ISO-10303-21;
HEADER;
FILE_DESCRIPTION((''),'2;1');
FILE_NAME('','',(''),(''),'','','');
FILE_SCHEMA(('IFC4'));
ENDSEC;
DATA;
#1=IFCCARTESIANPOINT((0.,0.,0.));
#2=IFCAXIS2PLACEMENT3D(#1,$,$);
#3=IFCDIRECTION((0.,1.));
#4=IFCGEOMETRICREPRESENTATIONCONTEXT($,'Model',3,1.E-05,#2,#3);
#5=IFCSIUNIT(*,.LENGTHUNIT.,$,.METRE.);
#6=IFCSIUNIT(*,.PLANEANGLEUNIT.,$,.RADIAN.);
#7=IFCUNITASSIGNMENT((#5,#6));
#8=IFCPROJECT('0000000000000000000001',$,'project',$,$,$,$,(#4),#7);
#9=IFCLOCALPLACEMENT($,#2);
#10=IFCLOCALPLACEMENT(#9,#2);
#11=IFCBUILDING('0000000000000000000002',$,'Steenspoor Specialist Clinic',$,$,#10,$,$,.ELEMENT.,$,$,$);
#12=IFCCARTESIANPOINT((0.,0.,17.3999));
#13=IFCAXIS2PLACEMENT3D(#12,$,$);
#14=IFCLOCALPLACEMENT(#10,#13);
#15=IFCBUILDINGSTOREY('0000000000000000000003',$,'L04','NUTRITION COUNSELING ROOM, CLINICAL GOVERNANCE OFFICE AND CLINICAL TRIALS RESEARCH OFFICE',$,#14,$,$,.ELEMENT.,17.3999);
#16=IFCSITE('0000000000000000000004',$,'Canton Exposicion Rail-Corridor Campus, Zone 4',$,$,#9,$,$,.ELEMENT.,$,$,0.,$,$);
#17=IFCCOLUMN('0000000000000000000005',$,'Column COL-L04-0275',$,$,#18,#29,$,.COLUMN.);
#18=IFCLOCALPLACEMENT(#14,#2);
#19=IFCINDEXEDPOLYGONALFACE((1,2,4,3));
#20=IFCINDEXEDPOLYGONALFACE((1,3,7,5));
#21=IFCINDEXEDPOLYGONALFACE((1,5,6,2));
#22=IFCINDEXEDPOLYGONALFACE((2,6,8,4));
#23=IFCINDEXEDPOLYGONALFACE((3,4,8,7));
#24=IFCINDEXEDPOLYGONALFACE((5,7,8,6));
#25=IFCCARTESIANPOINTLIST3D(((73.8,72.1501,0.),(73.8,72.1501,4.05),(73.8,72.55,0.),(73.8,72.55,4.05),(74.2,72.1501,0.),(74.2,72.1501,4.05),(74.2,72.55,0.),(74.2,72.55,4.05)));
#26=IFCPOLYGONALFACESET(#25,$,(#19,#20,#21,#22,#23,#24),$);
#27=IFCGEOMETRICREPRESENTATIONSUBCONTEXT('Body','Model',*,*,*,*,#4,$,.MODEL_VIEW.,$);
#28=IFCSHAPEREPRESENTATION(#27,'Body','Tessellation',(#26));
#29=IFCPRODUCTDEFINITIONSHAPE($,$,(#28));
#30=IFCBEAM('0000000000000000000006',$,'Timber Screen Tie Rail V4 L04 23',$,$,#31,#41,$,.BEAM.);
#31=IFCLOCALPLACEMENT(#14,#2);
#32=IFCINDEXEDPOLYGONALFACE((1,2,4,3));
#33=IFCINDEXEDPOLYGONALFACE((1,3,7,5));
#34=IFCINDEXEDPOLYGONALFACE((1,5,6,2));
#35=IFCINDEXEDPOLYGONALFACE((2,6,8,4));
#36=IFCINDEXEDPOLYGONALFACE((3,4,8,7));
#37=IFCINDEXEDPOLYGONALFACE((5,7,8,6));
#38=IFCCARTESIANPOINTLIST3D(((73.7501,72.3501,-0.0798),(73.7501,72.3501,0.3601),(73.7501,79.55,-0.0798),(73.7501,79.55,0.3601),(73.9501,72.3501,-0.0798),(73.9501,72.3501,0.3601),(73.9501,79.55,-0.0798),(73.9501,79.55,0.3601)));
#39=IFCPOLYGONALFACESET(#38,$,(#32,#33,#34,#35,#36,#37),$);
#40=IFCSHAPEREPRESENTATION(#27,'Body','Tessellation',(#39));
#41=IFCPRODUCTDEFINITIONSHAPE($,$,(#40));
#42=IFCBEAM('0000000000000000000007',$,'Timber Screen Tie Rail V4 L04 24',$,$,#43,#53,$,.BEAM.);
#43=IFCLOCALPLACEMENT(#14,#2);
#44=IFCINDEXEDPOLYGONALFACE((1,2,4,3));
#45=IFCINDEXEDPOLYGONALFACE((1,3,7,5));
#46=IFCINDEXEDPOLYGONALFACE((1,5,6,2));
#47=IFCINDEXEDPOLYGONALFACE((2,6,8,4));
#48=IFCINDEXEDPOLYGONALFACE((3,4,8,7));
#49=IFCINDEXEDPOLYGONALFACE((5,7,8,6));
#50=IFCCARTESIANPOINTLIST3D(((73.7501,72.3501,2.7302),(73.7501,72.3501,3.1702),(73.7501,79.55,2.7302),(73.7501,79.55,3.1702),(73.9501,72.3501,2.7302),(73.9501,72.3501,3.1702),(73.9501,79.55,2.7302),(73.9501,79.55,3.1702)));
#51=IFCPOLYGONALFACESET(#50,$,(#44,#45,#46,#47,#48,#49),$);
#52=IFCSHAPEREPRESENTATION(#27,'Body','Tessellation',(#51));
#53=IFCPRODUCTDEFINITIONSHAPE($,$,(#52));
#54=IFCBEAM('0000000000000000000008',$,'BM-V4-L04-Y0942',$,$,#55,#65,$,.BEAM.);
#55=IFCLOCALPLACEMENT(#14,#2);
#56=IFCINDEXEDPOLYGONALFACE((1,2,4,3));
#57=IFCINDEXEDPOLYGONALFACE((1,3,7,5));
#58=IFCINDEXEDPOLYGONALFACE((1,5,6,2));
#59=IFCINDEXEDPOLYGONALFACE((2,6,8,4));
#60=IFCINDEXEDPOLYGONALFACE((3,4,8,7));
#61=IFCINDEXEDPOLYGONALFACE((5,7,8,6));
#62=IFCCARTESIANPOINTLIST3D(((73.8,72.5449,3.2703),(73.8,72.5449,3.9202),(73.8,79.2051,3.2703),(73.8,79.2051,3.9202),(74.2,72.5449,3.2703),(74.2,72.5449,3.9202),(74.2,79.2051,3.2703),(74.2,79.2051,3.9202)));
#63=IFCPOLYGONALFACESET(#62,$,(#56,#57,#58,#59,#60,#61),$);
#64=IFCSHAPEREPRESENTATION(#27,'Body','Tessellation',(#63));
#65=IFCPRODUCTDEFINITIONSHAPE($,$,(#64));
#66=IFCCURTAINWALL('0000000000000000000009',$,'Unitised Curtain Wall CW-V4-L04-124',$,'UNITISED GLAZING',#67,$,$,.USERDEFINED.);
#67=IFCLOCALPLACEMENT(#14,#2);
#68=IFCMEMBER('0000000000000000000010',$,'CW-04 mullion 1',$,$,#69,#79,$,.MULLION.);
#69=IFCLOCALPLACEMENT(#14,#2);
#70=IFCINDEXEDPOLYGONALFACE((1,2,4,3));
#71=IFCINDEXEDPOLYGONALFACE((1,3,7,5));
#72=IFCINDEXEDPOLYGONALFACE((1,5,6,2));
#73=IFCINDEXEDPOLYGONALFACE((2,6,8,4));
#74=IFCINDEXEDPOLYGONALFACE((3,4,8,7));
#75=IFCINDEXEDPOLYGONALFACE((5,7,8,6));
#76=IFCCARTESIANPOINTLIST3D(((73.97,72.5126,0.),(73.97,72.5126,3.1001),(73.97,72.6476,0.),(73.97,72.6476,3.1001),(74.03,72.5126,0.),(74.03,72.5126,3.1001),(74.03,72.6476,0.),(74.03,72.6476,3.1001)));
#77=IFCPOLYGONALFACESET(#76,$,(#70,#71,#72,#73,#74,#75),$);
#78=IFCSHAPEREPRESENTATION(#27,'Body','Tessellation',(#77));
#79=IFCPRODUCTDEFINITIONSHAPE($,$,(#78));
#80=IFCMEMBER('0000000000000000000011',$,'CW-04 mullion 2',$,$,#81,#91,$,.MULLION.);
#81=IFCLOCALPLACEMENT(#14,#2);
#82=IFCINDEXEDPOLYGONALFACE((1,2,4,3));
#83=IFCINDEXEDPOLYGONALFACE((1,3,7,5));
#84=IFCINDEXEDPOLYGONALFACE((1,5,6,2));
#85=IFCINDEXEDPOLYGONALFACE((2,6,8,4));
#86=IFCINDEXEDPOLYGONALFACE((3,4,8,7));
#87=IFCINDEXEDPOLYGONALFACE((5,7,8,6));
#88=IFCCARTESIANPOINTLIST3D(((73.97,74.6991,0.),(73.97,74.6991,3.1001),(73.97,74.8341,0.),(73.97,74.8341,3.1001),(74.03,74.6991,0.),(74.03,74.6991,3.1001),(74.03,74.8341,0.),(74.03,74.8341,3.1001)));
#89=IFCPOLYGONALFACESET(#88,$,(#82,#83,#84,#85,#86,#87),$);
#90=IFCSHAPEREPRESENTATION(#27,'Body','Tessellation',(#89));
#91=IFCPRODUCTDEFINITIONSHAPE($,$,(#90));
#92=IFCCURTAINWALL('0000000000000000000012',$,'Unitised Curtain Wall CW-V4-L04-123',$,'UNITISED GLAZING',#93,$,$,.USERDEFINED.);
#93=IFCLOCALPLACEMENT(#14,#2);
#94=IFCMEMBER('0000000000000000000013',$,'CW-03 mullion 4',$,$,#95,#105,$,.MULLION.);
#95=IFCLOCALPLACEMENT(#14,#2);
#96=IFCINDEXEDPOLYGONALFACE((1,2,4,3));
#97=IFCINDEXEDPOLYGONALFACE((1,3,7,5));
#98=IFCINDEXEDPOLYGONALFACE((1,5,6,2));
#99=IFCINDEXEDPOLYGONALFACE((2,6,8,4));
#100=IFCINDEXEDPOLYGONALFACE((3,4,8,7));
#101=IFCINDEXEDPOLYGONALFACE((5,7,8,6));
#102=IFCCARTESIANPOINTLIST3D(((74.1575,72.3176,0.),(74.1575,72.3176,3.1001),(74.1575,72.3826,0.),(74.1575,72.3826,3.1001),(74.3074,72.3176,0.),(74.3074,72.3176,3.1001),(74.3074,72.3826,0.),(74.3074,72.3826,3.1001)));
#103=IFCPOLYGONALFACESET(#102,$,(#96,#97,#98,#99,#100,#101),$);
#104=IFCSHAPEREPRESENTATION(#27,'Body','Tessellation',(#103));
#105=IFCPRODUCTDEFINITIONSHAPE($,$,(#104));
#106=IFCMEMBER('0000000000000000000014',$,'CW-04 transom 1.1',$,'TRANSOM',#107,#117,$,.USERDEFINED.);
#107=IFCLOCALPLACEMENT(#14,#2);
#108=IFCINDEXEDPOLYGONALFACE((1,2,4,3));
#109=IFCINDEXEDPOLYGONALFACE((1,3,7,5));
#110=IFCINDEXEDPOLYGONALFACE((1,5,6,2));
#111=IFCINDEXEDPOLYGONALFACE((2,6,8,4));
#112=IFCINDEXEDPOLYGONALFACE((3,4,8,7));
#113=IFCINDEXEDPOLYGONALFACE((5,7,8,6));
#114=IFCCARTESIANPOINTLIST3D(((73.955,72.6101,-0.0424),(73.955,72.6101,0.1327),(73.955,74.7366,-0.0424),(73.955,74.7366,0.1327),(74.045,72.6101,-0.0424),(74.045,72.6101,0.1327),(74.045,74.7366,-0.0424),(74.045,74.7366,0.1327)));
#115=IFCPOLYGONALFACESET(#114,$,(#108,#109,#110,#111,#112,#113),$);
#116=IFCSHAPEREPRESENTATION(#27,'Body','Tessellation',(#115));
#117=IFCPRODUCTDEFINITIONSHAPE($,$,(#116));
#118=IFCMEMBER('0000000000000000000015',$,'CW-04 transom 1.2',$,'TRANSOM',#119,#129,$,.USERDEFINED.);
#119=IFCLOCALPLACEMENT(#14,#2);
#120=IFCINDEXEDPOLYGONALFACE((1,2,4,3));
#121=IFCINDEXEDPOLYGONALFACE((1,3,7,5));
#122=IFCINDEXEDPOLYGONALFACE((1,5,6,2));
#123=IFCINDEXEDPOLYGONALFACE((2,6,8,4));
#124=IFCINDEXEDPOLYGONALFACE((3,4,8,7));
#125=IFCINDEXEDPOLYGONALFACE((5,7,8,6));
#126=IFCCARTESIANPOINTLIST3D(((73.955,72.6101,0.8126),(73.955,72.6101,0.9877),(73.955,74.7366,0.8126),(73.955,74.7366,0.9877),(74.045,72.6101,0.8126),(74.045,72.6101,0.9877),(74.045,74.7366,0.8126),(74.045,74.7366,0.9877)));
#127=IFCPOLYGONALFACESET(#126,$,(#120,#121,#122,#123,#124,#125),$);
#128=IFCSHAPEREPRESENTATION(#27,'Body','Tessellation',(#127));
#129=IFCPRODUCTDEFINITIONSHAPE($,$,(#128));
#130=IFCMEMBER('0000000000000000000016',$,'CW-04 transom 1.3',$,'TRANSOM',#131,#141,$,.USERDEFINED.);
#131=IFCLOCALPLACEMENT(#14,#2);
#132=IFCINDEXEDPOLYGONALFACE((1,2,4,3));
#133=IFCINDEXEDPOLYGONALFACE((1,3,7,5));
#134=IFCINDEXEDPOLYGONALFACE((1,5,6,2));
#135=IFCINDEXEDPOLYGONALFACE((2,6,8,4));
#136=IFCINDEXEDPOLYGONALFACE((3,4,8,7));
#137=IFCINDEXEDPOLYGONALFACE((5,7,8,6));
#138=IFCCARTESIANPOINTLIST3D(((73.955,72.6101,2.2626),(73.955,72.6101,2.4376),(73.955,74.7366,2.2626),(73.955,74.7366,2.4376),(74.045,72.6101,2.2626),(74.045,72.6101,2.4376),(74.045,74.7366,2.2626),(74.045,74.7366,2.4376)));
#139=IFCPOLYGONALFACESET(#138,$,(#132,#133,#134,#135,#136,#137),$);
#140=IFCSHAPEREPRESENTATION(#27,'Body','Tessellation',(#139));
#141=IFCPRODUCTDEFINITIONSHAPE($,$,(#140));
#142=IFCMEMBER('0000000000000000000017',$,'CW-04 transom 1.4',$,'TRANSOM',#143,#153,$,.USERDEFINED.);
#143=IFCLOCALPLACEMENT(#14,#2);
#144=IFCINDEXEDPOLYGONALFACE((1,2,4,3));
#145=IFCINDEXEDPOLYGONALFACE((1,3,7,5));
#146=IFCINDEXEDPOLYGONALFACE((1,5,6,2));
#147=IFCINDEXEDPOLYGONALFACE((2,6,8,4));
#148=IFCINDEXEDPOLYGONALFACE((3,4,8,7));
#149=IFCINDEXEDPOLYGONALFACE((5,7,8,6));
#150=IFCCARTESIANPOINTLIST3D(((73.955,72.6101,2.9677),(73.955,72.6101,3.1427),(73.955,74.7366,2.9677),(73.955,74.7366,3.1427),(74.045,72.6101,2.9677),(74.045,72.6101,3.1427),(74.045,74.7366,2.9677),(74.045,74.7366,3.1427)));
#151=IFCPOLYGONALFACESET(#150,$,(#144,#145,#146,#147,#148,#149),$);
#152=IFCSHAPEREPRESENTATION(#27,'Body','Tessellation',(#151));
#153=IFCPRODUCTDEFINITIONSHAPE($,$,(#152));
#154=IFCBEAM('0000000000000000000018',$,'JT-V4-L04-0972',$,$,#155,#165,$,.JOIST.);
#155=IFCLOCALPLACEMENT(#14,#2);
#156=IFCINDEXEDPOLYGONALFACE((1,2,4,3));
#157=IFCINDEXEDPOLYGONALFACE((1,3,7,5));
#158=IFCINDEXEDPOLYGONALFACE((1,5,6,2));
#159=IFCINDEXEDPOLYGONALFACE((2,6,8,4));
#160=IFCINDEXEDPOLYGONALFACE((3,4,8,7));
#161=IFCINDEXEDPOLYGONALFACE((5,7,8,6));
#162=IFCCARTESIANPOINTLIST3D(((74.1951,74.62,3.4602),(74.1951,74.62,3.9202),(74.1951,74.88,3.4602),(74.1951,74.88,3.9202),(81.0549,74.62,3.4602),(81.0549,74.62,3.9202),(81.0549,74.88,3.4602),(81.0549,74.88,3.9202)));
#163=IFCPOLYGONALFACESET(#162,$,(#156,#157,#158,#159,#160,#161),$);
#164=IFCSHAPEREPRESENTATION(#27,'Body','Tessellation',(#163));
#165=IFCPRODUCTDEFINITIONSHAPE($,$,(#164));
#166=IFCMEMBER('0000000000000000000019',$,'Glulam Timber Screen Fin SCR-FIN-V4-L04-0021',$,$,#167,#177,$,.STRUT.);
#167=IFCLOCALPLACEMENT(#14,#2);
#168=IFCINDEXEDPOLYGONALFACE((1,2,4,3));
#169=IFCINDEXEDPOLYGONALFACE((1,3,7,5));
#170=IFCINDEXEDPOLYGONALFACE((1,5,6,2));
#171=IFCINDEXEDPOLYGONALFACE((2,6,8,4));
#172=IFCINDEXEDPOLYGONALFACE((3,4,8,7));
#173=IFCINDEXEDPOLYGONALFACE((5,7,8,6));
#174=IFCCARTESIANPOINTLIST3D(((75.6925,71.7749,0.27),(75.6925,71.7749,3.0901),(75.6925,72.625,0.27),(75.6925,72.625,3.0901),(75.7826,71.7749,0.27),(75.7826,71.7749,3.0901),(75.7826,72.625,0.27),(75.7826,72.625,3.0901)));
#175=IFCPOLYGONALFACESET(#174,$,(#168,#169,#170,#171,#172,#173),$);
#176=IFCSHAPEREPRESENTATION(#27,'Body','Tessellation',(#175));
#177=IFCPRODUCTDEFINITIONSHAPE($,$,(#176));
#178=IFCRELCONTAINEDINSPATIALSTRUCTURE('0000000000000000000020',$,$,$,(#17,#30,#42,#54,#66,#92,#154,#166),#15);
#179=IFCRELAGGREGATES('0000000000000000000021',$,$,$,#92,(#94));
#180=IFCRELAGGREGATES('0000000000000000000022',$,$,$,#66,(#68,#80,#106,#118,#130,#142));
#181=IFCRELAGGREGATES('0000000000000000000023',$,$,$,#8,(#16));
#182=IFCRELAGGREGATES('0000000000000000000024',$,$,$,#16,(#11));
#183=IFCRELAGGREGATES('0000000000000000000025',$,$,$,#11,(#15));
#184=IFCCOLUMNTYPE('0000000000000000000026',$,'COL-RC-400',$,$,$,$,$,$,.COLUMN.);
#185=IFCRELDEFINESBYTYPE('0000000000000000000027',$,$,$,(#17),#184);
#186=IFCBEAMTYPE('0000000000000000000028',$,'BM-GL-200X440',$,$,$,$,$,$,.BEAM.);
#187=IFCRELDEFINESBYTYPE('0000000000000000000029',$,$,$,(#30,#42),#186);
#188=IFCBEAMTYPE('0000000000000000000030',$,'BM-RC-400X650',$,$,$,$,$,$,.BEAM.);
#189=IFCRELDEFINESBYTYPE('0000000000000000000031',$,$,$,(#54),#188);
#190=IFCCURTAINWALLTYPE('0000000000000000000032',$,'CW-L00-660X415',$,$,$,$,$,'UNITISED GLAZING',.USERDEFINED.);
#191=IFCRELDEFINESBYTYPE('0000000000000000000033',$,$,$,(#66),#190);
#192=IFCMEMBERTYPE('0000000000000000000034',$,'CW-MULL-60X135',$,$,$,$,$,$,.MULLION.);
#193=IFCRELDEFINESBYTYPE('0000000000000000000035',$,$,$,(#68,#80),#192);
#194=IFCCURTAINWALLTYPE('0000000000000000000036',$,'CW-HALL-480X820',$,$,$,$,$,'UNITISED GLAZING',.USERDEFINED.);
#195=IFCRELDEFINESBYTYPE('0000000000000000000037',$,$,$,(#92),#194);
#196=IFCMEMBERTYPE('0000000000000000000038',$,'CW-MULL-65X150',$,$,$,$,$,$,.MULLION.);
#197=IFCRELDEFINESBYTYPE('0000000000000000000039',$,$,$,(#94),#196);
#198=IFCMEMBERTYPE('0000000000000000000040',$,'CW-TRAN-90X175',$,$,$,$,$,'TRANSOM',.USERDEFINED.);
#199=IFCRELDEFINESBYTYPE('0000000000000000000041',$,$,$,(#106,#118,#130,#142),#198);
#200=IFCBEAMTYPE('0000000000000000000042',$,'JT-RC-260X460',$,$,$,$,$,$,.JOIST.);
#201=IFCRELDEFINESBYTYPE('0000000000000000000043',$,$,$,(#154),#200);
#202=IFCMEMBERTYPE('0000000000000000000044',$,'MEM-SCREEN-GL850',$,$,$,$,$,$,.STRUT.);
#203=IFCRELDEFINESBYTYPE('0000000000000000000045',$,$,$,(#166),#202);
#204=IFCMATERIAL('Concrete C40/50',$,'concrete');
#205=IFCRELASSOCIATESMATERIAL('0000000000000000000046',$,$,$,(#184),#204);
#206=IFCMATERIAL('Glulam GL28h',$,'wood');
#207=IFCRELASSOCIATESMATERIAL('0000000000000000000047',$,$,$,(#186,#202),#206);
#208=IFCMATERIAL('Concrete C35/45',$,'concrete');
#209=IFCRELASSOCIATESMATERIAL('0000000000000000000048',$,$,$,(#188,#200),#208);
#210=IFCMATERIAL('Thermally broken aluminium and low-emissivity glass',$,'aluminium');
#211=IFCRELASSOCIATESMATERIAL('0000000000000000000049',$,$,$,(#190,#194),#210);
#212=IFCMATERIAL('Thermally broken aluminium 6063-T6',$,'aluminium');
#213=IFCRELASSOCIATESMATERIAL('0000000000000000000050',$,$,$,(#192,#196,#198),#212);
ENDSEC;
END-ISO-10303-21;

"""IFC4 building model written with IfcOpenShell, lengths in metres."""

from ifc_helpers import new_model, si_unit, direction, frame, origin, origin_2d, place, context, subcontext, project, spatial, rectangle, extrude, material, material_profile, profile_set, type_object, element, aggregate, save


model = new_model("IFC4")

# Units and contexts
model_context = context("Model", 3, precision=1e-05, world=origin(), true_north=direction((0.0, 1.0)))
body_context = subcontext(model_context, "Body", "Model", "MODEL_VIEW")
ifc_project = project(units=[si_unit("LENGTHUNIT", "METRE"), si_unit("PLANEANGLEUNIT", "RADIAN")], contexts=[model_context])

# Site, building, storey
site_placement = place(None, origin())
site = spatial("IfcSite", under=ifc_project, at=site_placement, Name="Canton Exposicion Rail-Corridor Campus, Zone 4", CompositionType="ELEMENT", RefElevation=0.0)
building_placement = place(site_placement, origin())
building = spatial("IfcBuilding", under=site, at=building_placement, Name="Steenspoor Specialist Clinic", CompositionType="ELEMENT")
storey_placement = place(building_placement, frame((0.0, 0.0, 17.3999)))
storey = spatial("IfcBuildingStorey", under=building, at=storey_placement, Name="L04", Description="NUTRITION COUNSELING ROOM, CLINICAL GOVERNANCE OFFICE AND CLINICAL TRIALS RESEARCH OFFICE", CompositionType="ELEMENT", Elevation=17.3999)

# Column
ifc_material_1 = material(Name="Concrete C40/50", Category="concrete")
ifc_material_profile_1 = material_profile(ifc_material_1, rectangle(XDim=0.3999, YDim=0.3999, at=origin_2d()), Name="RC-COL-400X400")
ifc_profile_set_1 = profile_set([ifc_material_profile_1], Name="Concrete C40/50")
column_type = type_object("IfcColumnType", Name="COL-RC-400", PredefinedType="COLUMN", material=ifc_profile_set_1)
column_placement = place(storey_placement, frame((74.0, 72.3501, 0.0), z_axis=(0.0, 0.0, 1.0), x_axis=(1.0, 0.0, 0.0)))
element("IfcColumn", 1, at=column_placement, inside=storey, type_object=column_type, Name="Column COL-L04-0275", PredefinedType="COLUMN", context=body_context, shape_type="SweptSolid", body=[
    extrude(rectangle(XDim=0.3999, YDim=0.3999, at=origin_2d()), origin(), (0.0, 0.0, 1.0), 4.05),
])

# Beams
ifc_material_2 = material(Name="Glulam GL28h", Category="wood")
ifc_material_profile_2 = material_profile(ifc_material_2, rectangle(XDim=0.2, YDim=0.4399, at=origin_2d()), Name="GL28H-200X440")
ifc_profile_set_2 = profile_set([ifc_material_profile_2], Name="Glulam GL28h")
beam_type_1 = type_object("IfcBeamType", Name="BM-GL-200X440", PredefinedType="BEAM", material=ifc_profile_set_2)
for number, where, z_axis, x_axis, name in (
    (2, (73.8501, 72.3501, 0.1401), (0.0, 1.0, 0.0), (-1.0, 0.0, 0.0), "Timber Screen Tie Rail V4 L04 23"),
    (3, (73.8501, 72.3501, 2.9502), (0.0, 1.0, 0.0), (-1.0, 0.0, 0.0), "Timber Screen Tie Rail V4 L04 24"),
):
    element("IfcBeam", number, at=place(storey_placement, frame(where, z_axis=z_axis, x_axis=x_axis)), inside=storey, type_object=beam_type_1, Name=name, PredefinedType="BEAM", context=body_context, shape_type="SweptSolid", body=[
        extrude(rectangle(XDim=0.2, YDim=0.4399, at=origin_2d()), origin(), (0.0, 0.0, 1.0), 7.2),
    ])
ifc_material_3 = material(Name="Concrete C35/45", Category="concrete")
ifc_material_profile_3 = material_profile(ifc_material_3, rectangle(XDim=0.3999, YDim=0.6499, at=origin_2d()), Name="RC-BM-400X650")
ifc_profile_set_3 = profile_set([ifc_material_profile_3], Name="Concrete C35/45")
beam_type_2 = type_object("IfcBeamType", Name="BM-RC-400X650", PredefinedType="BEAM", material=ifc_profile_set_3)
beam_1_placement = place(storey_placement, frame((74.0, 72.5449, 3.5952), z_axis=(0.0, 1.0, 0.0), x_axis=(-1.0, 0.0, 0.0)))
element("IfcBeam", 4, at=beam_1_placement, inside=storey, type_object=beam_type_2, Name="BM-V4-L04-Y0942", PredefinedType="BEAM", context=body_context, shape_type="SweptSolid", body=[
    extrude(rectangle(XDim=0.3999, YDim=0.6499, at=origin_2d()), origin(), (0.0, 0.0, 1.0), 6.6602),
])

# Curtain wall, members
ifc_material_4 = material(Name="Thermally broken aluminium and low-emissivity glass", Category="aluminium")
curtain_wall_type_1 = type_object("IfcCurtainWallType", Name="CW-L00-660X415", ElementType="UNITISED GLAZING", PredefinedType="USERDEFINED", material=ifc_material_4)
curtain_wall_1_placement = place(storey_placement, origin())
curtain_wall_1 = element("IfcCurtainWall", 5, at=curtain_wall_1_placement, inside=storey, type_object=curtain_wall_type_1, Name="Unitised Curtain Wall CW-V4-L04-124", ObjectType="UNITISED GLAZING", PredefinedType="USERDEFINED")
ifc_material_5 = material(Name="Thermally broken aluminium 6063-T6", Category="aluminium")
ifc_material_profile_4 = material_profile(ifc_material_5, rectangle(XDim=0.0601, YDim=0.135, at=origin_2d()), Name="CWM-60X135")
ifc_profile_set_4 = profile_set([ifc_material_profile_4], Name="Thermally broken aluminium 6063-T6")
member_type_1 = type_object("IfcMemberType", Name="CW-MULL-60X135", PredefinedType="MULLION", material=ifc_profile_set_4)
member_1_placement = place(storey_placement, frame((74.0, 72.5801, 0.0), z_axis=(0.0, 0.0, 1.0), x_axis=(-1.0, 0.0, 0.0)))
member_1 = element("IfcMember", 6, at=member_1_placement, type_object=member_type_1, Name="CW-04 mullion 1", PredefinedType="MULLION", context=body_context, shape_type="SweptSolid", body=[
    extrude(rectangle(XDim=0.0601, YDim=0.135, at=origin_2d()), origin(), (0.0, 0.0, 1.0), 3.1001),
])
member_2_placement = place(storey_placement, frame((74.0, 74.7666, 0.0), z_axis=(0.0, 0.0, 1.0), x_axis=(-1.0, 0.0, 0.0)))
member_2 = element("IfcMember", 7, at=member_2_placement, type_object=member_type_1, Name="CW-04 mullion 2", PredefinedType="MULLION", context=body_context, shape_type="SweptSolid", body=[
    extrude(rectangle(XDim=0.0601, YDim=0.135, at=origin_2d()), origin(), (0.0, 0.0, 1.0), 3.1001),
])

# Curtain wall, member
curtain_wall_type_2 = type_object("IfcCurtainWallType", Name="CW-HALL-480X820", ElementType="UNITISED GLAZING", PredefinedType="USERDEFINED", material=ifc_material_4)
curtain_wall_2_placement = place(storey_placement, origin())
curtain_wall_2 = element("IfcCurtainWall", 8, at=curtain_wall_2_placement, inside=storey, type_object=curtain_wall_type_2, Name="Unitised Curtain Wall CW-V4-L04-123", ObjectType="UNITISED GLAZING", PredefinedType="USERDEFINED")
ifc_material_profile_5 = material_profile(ifc_material_5, rectangle(XDim=0.0649, YDim=0.1499, at=origin_2d()), Name="CWM-65X150")
ifc_profile_set_5 = profile_set([ifc_material_profile_5], Name="Thermally broken aluminium 6063-T6")
member_type_2 = type_object("IfcMemberType", Name="CW-MULL-65X150", PredefinedType="MULLION", material=ifc_profile_set_5)
member_3_placement = place(storey_placement, frame((74.2324, 72.3501, 0.0), z_axis=(0.0, 0.0, 1.0), x_axis=(0.0, -1.0, 0.0)))
member_3 = element("IfcMember", 9, at=member_3_placement, type_object=member_type_2, Name="CW-03 mullion 4", PredefinedType="MULLION", context=body_context, shape_type="SweptSolid", body=[
    extrude(rectangle(XDim=0.0649, YDim=0.1499, at=origin_2d()), origin(), (0.0, 0.0, 1.0), 3.1001),
])

# Members
ifc_material_profile_6 = material_profile(ifc_material_5, rectangle(XDim=0.0901, YDim=0.175, at=origin_2d()), Name="CWT-90X175")
ifc_profile_set_6 = profile_set([ifc_material_profile_6], Name="Thermally broken aluminium 6063-T6")
member_type_3 = type_object("IfcMemberType", Name="CW-TRAN-90X175", ElementType="TRANSOM", PredefinedType="USERDEFINED", material=ifc_profile_set_6)
member_4_placement = place(storey_placement, frame((74.0, 72.6101, 0.0452), z_axis=(0.0, 1.0, 0.0), x_axis=(-1.0, 0.0, 0.0)))
member_4 = element("IfcMember", 10, at=member_4_placement, type_object=member_type_3, Name="CW-04 transom 1.1", ObjectType="TRANSOM", PredefinedType="USERDEFINED", context=body_context, shape_type="SweptSolid", body=[
    extrude(rectangle(XDim=0.0901, YDim=0.175, at=origin_2d()), origin(), (0.0, 0.0, 1.0), 2.1265),
])
member_5_placement = place(storey_placement, frame((74.0, 72.6101, 0.9001), z_axis=(0.0, 1.0, 0.0), x_axis=(-1.0, 0.0, 0.0)))
member_5 = element("IfcMember", 11, at=member_5_placement, type_object=member_type_3, Name="CW-04 transom 1.2", ObjectType="TRANSOM", PredefinedType="USERDEFINED", context=body_context, shape_type="SweptSolid", body=[
    extrude(rectangle(XDim=0.0901, YDim=0.175, at=origin_2d()), origin(), (0.0, 0.0, 1.0), 2.1265),
])
member_6_placement = place(storey_placement, frame((74.0, 72.6101, 2.3501), z_axis=(0.0, 1.0, 0.0), x_axis=(-1.0, 0.0, 0.0)))
member_6 = element("IfcMember", 12, at=member_6_placement, type_object=member_type_3, Name="CW-04 transom 1.3", ObjectType="TRANSOM", PredefinedType="USERDEFINED", context=body_context, shape_type="SweptSolid", body=[
    extrude(rectangle(XDim=0.0901, YDim=0.175, at=origin_2d()), origin(), (0.0, 0.0, 1.0), 2.1265),
])
member_7_placement = place(storey_placement, frame((74.0, 72.6101, 3.0552), z_axis=(0.0, 1.0, 0.0), x_axis=(-1.0, 0.0, 0.0)))
member_7 = element("IfcMember", 13, at=member_7_placement, type_object=member_type_3, Name="CW-04 transom 1.4", ObjectType="TRANSOM", PredefinedType="USERDEFINED", context=body_context, shape_type="SweptSolid", body=[
    extrude(rectangle(XDim=0.0901, YDim=0.175, at=origin_2d()), origin(), (0.0, 0.0, 1.0), 2.1265),
])

# Beam
ifc_material_profile_7 = material_profile(ifc_material_3, rectangle(XDim=0.26, YDim=0.46, at=origin_2d()), Name="RC-JT-260X460")
ifc_profile_set_7 = profile_set([ifc_material_profile_7], Name="Concrete C35/45")
beam_type_3 = type_object("IfcBeamType", Name="JT-RC-260X460", PredefinedType="JOIST", material=ifc_profile_set_7)
beam_2_placement = place(storey_placement, frame((74.1951, 74.75, 3.6902), z_axis=(1.0, 0.0, 0.0), x_axis=(0.0, 1.0, 0.0)))
element("IfcBeam", 14, at=beam_2_placement, inside=storey, type_object=beam_type_3, Name="JT-V4-L04-0972", PredefinedType="JOIST", context=body_context, shape_type="SweptSolid", body=[
    extrude(rectangle(XDim=0.26, YDim=0.46, at=origin_2d()), origin(), (0.0, 0.0, 1.0), 6.8599),
])

# Member
ifc_material_profile_8 = material_profile(ifc_material_2, rectangle(XDim=0.0901, YDim=0.8501, at=origin_2d()), Name="GL28H-90X850")
ifc_profile_set_8 = profile_set([ifc_material_profile_8], Name="Glulam GL28h")
member_type_4 = type_object("IfcMemberType", Name="MEM-SCREEN-GL850", PredefinedType="STRUT", material=ifc_profile_set_8)
for number, where, z_axis, x_axis, name in (
    (15, (75.7375, 72.2, 0.27), (0.0, 0.0, 1.0), (-1.0, 0.0, 0.0), "Glulam Timber Screen Fin SCR-FIN-V4-L04-0021"),
):
    element("IfcMember", number, at=place(storey_placement, frame(where, z_axis=z_axis, x_axis=x_axis)), inside=storey, type_object=member_type_4, Name=name, PredefinedType="STRUT", context=body_context, shape_type="SweptSolid", body=[
        extrude(rectangle(XDim=0.0901, YDim=0.8501, at=origin_2d()), origin(), (0.0, 0.0, 1.0), 2.8201),
    ])

aggregate(curtain_wall_2, [member_3])
aggregate(curtain_wall_1, [member_1, member_2, member_4, member_5, member_6, member_7])

save(model, "model.ifc")
